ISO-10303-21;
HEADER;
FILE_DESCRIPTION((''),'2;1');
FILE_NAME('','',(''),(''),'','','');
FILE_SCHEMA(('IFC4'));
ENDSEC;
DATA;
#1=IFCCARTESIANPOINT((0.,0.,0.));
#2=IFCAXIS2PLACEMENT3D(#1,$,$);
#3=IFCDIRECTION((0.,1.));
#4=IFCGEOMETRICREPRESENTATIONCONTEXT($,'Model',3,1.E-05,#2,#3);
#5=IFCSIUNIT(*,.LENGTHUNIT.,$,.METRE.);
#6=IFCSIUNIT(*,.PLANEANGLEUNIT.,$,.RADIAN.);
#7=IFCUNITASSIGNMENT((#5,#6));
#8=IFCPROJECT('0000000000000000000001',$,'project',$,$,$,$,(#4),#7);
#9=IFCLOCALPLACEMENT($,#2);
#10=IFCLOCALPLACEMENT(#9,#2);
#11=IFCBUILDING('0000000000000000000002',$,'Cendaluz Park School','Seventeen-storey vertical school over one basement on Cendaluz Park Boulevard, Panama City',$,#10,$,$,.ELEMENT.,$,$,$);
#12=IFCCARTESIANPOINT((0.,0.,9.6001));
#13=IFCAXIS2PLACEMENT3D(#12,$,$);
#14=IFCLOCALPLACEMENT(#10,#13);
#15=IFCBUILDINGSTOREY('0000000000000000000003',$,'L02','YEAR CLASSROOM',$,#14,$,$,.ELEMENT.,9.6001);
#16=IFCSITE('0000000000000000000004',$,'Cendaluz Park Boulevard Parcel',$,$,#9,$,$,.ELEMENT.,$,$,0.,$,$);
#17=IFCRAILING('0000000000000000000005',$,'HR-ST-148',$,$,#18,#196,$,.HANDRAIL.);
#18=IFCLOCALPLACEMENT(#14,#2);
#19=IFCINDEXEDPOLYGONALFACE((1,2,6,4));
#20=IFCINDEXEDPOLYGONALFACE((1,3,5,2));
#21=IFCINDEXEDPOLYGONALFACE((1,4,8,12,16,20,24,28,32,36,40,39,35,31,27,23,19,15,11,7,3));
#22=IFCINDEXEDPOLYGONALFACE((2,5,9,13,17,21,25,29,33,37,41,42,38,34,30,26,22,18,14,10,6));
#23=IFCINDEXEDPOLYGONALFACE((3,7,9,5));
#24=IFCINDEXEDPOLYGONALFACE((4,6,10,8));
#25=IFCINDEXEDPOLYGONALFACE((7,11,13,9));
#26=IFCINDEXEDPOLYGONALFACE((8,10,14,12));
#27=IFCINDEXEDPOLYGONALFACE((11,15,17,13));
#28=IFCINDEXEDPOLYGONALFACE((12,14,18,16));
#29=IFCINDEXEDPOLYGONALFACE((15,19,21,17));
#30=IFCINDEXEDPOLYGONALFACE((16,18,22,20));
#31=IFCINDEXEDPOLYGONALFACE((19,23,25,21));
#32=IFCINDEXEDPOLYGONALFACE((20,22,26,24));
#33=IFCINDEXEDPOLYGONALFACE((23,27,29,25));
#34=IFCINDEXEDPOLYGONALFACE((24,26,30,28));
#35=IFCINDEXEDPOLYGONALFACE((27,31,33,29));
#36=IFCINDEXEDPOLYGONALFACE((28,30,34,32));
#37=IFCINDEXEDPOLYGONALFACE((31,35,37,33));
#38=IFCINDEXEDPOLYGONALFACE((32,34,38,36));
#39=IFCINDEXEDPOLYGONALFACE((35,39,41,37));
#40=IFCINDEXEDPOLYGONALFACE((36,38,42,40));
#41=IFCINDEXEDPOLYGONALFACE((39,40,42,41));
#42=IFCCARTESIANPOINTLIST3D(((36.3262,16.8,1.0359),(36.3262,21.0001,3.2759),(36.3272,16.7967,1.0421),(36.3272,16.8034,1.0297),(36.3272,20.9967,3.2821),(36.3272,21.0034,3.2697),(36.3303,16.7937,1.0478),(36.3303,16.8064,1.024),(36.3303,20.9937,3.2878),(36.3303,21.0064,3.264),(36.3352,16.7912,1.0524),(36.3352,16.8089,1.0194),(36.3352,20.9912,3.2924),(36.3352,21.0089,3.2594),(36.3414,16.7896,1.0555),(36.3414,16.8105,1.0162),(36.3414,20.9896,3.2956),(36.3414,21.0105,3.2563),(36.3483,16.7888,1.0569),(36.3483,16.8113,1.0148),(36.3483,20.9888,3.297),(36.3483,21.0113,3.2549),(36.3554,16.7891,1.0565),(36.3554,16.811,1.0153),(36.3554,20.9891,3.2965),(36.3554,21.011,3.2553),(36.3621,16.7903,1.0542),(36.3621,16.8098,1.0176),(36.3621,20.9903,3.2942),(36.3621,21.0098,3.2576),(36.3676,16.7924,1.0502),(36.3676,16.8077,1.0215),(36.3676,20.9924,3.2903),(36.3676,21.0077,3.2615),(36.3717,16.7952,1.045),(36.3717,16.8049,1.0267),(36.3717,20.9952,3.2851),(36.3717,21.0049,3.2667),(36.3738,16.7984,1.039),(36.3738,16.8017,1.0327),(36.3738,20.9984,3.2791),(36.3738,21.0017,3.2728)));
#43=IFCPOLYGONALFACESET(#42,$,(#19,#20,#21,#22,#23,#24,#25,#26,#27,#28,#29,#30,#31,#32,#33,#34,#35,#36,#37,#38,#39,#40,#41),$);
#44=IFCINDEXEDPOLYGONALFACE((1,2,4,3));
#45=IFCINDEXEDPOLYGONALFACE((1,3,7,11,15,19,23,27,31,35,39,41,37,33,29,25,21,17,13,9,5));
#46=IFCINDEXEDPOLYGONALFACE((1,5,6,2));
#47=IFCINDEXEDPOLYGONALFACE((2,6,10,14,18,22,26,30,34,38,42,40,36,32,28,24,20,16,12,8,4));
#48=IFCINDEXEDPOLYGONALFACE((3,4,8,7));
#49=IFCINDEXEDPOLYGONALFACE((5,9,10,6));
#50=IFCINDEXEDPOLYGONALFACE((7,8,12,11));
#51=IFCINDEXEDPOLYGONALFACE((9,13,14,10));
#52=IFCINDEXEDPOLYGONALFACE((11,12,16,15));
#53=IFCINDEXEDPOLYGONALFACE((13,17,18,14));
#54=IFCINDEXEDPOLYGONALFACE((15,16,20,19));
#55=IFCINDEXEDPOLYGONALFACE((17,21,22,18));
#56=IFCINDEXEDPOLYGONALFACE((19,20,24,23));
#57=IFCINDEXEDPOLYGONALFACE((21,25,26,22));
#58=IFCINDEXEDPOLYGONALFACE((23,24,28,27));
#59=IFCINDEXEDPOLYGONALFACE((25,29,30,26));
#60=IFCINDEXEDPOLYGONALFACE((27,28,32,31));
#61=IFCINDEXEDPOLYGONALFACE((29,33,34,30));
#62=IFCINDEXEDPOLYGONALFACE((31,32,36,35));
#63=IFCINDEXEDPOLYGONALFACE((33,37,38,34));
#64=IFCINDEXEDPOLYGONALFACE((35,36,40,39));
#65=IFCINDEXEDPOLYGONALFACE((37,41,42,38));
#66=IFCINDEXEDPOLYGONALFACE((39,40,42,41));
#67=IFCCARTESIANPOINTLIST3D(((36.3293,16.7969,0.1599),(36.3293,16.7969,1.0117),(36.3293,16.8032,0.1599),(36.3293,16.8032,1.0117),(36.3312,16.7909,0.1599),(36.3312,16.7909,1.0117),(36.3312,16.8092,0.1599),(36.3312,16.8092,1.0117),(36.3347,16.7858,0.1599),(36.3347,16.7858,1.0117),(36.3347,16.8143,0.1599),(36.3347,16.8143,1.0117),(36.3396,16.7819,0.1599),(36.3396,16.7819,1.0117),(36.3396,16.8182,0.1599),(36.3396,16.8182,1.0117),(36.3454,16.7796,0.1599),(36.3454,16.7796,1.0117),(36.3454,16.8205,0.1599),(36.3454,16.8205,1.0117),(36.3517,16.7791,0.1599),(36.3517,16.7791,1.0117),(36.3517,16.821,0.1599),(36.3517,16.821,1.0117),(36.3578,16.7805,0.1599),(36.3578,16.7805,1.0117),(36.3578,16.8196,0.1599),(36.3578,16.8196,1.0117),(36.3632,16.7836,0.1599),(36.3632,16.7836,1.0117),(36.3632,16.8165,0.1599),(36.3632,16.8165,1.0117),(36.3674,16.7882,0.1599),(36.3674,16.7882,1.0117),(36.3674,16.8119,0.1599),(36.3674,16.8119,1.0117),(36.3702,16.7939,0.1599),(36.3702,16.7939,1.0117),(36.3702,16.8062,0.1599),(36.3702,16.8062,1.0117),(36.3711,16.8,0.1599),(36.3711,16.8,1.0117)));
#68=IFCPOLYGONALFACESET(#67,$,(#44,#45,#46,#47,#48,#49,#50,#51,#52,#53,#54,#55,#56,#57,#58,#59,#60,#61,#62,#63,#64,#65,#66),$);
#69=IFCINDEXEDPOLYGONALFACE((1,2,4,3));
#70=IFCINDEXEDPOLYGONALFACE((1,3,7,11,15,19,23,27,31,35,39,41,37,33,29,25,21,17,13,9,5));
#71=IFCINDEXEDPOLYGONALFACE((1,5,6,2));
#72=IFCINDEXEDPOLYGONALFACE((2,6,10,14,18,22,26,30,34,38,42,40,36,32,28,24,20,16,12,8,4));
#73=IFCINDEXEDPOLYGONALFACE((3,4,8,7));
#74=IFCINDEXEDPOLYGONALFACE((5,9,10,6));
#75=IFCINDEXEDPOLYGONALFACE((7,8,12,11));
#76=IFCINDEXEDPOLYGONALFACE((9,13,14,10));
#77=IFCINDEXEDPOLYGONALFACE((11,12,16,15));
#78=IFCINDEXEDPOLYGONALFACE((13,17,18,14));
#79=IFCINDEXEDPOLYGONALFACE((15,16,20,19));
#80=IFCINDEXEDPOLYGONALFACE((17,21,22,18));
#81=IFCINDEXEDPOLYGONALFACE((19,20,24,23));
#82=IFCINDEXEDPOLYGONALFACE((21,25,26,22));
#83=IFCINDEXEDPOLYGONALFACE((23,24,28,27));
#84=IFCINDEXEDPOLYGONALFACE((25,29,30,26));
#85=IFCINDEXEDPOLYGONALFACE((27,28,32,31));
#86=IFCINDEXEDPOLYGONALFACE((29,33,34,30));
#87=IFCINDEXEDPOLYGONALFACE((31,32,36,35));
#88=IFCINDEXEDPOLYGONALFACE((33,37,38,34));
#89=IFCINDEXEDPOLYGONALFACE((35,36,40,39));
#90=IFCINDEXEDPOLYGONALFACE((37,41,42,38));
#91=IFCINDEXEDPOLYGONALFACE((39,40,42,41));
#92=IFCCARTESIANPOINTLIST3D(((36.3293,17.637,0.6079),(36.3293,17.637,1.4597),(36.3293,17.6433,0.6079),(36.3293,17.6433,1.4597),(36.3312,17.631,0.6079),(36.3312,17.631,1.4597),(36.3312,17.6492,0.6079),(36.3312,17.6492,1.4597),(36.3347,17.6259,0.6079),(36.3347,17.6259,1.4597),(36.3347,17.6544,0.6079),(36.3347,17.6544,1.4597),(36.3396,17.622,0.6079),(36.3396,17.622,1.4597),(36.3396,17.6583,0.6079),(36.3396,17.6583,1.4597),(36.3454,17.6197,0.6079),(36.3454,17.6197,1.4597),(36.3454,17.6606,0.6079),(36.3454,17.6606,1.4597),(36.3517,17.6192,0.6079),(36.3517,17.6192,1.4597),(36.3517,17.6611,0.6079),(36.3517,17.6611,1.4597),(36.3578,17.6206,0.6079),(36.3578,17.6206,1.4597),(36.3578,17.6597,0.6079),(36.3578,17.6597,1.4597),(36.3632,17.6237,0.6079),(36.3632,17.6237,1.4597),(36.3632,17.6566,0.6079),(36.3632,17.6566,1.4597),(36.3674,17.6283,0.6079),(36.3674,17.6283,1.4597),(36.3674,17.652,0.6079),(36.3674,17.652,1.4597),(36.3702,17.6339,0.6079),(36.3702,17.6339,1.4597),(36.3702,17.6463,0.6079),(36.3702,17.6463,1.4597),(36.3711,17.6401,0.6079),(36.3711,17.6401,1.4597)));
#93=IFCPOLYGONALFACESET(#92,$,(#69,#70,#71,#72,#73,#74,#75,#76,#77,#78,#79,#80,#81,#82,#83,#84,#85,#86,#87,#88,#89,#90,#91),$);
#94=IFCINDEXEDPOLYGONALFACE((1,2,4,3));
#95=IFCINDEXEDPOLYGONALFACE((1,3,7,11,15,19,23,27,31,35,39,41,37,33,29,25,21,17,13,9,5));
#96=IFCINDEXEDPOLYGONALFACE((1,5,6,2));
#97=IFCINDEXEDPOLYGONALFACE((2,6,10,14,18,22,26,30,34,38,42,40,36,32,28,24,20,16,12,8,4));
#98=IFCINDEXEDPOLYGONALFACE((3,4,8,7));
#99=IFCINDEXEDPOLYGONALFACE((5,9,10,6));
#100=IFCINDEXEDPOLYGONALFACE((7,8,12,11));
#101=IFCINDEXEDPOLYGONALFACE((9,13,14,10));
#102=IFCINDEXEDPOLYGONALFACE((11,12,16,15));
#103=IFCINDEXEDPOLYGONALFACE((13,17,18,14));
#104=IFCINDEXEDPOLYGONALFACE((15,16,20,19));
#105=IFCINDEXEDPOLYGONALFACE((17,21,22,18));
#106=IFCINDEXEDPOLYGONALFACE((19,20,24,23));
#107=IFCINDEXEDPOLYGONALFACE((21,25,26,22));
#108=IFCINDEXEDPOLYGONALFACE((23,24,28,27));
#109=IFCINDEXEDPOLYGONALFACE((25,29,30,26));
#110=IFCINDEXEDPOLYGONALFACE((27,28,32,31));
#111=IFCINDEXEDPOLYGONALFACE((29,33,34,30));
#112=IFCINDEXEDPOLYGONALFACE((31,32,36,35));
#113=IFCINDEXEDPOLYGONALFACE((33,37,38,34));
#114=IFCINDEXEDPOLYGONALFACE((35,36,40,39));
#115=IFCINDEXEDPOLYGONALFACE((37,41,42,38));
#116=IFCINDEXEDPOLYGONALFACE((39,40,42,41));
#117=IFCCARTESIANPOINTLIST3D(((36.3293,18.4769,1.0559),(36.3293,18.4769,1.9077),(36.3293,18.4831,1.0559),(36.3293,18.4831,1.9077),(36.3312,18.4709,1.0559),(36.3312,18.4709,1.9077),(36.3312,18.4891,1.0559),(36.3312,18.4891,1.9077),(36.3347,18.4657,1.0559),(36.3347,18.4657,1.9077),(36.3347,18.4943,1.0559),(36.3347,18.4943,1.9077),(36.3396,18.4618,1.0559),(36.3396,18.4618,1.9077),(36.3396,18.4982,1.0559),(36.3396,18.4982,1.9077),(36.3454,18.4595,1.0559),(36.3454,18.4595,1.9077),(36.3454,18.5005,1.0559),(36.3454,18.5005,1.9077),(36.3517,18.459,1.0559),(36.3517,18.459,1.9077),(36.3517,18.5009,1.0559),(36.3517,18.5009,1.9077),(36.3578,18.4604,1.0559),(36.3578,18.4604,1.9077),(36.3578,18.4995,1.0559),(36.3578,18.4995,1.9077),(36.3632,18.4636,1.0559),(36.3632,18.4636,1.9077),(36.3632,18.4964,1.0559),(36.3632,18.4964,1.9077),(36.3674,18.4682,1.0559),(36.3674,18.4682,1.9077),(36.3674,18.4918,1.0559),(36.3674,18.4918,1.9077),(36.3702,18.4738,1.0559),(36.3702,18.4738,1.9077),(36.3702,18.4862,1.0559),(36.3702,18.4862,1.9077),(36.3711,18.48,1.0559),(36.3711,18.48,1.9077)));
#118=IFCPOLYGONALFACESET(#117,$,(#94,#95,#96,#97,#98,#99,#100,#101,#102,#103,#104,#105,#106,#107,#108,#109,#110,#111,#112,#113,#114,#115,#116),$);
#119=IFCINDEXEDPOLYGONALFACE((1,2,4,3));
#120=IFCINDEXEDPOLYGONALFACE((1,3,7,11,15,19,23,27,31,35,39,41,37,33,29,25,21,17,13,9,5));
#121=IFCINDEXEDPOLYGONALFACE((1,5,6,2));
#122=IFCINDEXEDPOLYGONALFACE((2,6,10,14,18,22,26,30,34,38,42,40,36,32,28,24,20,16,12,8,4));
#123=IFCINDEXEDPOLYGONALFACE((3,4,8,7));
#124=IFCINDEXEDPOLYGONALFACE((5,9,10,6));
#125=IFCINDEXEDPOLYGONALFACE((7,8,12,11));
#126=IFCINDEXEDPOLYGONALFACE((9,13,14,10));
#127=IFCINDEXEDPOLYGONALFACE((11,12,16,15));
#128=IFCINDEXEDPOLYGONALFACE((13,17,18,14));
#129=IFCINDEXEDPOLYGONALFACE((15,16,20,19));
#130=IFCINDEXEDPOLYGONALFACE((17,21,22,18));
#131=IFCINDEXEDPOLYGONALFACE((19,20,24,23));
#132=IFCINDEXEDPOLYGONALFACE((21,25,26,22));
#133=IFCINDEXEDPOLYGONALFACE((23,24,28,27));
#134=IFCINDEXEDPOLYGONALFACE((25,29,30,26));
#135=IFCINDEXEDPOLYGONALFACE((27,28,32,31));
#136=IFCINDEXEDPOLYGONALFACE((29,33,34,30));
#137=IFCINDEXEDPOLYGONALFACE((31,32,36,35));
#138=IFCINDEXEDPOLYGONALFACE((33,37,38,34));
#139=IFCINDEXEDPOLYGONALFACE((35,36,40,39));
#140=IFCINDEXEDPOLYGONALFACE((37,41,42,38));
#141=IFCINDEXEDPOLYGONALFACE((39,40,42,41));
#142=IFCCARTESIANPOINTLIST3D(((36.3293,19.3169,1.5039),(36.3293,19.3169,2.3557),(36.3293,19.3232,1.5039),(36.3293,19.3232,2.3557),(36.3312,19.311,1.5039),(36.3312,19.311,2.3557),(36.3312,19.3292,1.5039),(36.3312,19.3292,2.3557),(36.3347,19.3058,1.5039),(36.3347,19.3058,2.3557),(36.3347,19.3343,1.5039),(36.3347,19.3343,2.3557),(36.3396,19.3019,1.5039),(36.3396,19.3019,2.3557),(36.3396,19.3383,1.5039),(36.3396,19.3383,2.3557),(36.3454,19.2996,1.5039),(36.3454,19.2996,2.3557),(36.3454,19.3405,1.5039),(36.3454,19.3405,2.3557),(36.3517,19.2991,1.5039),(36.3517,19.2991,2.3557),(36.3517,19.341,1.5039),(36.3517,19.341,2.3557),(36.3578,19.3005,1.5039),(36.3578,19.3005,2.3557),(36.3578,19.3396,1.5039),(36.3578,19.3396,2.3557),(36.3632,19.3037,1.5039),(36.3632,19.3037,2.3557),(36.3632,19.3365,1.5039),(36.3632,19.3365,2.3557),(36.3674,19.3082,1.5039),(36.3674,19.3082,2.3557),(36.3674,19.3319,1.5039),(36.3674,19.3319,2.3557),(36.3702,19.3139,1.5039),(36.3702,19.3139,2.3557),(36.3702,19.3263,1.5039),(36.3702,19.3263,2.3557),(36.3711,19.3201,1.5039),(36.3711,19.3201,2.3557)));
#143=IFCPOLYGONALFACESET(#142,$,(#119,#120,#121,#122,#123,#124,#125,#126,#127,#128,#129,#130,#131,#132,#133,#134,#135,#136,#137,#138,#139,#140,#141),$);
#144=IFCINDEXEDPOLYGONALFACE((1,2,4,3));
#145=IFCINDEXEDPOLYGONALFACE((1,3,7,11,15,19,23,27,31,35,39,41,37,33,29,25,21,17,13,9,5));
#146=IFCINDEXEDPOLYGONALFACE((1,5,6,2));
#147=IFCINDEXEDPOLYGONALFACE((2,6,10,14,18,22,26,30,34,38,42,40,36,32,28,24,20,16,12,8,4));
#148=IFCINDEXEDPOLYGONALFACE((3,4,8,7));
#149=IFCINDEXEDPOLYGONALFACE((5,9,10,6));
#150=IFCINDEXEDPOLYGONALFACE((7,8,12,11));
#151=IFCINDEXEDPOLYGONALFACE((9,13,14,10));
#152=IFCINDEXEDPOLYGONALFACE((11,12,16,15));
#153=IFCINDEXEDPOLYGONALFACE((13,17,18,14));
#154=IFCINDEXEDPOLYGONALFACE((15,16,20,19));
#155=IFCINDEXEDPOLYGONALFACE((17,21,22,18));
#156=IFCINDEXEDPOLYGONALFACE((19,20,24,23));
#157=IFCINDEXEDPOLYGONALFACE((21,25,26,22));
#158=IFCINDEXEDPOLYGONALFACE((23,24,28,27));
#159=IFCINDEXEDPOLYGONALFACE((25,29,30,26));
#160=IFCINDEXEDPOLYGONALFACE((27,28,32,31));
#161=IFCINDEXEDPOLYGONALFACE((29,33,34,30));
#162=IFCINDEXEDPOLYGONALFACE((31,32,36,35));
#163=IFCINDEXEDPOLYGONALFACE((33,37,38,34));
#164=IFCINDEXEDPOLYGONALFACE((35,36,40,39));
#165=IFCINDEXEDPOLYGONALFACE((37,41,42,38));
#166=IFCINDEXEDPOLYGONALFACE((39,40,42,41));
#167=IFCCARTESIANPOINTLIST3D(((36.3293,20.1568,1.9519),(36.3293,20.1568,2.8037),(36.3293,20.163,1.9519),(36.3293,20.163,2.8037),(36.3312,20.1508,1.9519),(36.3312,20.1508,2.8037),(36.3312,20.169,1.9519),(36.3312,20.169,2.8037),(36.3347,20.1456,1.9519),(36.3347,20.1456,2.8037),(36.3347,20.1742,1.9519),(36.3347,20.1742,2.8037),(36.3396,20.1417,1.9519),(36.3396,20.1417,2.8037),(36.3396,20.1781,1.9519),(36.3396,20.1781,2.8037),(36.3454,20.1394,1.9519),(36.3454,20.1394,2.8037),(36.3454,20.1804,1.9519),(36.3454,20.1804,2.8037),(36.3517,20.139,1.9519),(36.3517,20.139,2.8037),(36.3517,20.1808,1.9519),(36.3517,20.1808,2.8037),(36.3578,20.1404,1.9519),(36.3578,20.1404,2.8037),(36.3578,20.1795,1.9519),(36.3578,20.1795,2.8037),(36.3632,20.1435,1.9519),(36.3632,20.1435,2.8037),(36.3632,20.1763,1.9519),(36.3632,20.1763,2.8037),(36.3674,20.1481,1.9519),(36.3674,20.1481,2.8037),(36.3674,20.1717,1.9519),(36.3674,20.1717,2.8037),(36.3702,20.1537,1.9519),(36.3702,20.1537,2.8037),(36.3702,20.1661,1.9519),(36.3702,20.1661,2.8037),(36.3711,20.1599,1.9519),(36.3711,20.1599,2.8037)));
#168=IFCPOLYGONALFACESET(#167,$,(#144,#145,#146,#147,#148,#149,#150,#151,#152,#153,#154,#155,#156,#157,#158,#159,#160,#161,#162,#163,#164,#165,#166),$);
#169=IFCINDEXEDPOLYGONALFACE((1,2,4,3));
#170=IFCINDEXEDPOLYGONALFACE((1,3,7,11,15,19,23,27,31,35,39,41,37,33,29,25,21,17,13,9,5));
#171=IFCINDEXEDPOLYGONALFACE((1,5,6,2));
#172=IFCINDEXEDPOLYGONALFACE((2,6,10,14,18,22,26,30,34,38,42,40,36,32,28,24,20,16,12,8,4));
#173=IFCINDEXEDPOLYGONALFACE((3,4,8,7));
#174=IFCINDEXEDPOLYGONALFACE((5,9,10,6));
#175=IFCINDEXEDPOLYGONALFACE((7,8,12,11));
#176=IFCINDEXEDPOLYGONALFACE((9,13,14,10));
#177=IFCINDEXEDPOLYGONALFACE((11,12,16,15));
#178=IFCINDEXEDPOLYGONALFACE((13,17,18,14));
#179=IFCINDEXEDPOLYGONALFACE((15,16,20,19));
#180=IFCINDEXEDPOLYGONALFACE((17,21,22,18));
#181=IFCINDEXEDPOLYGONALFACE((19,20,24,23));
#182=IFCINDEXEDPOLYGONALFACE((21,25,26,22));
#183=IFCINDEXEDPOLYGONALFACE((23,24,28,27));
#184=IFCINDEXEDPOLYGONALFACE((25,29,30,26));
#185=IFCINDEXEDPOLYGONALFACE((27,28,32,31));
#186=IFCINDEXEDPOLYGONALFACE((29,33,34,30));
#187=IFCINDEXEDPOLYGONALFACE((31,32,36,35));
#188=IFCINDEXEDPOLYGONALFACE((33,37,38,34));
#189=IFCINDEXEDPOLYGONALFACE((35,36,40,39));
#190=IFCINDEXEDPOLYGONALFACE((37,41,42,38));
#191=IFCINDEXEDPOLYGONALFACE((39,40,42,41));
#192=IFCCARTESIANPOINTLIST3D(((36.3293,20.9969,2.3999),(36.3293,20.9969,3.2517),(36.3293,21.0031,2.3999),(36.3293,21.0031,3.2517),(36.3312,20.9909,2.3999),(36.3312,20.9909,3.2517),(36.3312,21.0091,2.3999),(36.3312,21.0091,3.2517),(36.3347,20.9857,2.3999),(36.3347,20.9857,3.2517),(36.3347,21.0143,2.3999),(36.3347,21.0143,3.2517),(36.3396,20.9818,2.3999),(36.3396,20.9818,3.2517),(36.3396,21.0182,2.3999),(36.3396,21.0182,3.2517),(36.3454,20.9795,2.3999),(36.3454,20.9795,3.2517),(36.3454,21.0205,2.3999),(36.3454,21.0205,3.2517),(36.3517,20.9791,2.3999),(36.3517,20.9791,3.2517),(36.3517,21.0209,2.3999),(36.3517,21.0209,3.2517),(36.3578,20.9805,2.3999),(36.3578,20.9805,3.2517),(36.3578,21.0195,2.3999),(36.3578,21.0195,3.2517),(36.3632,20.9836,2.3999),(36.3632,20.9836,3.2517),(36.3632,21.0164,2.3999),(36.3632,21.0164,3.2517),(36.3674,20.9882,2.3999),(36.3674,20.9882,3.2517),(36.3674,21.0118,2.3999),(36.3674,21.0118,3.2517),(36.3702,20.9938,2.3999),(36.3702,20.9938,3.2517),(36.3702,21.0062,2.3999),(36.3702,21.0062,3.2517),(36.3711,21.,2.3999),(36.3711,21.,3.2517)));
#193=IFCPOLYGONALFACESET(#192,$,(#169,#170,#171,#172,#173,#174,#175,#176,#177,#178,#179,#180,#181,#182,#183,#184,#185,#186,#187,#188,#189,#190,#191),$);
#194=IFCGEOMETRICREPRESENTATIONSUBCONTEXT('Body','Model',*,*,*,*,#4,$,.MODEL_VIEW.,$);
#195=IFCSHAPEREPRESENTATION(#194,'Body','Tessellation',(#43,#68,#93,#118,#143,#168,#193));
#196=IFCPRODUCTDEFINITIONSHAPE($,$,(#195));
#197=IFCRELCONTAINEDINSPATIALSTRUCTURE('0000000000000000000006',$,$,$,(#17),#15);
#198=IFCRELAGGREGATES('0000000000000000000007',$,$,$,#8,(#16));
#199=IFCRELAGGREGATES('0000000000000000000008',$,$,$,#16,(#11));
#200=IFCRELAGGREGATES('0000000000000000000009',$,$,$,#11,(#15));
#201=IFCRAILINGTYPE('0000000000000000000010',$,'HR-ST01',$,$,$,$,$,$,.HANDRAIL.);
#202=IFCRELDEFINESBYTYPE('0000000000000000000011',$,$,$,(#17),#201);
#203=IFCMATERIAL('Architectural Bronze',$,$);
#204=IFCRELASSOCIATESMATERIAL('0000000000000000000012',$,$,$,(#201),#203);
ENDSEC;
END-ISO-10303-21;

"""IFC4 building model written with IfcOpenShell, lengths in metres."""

from ifc_helpers import new_model, si_unit, direction, frame, origin, origin_2d, place, context, subcontext, project, spatial, circle, extrude, material, type_object, element, save


model = new_model("IFC4")

# Units and contexts
model_context = context("Model", 3, precision=1e-05, world=origin(), true_north=direction((0.0, 1.0)))
body_context = subcontext(model_context, "Body", "Model", "MODEL_VIEW")
ifc_project = project(units=[si_unit("LENGTHUNIT", "METRE"), si_unit("PLANEANGLEUNIT", "RADIAN")], contexts=[model_context])

# Site, building, storey
site_placement = place(None, origin())
site = spatial("IfcSite", under=ifc_project, at=site_placement, Name="Cendaluz Park Boulevard Parcel", CompositionType="ELEMENT", RefElevation=0.0)
building_placement = place(site_placement, origin())
building = spatial("IfcBuilding", under=site, at=building_placement, Name="Cendaluz Park School", Description="Seventeen-storey vertical school over one basement on Cendaluz Park Boulevard, Panama City", CompositionType="ELEMENT")
storey_placement = place(building_placement, frame((0.0, 0.0, 9.6001)))
storey = spatial("IfcBuildingStorey", under=building, at=storey_placement, Name="L02", Description="YEAR CLASSROOM", CompositionType="ELEMENT", Elevation=9.6001)

# Railing
ifc_material_1 = material(Name="Architectural Bronze")
railing_type_1 = type_object("IfcRailingType", Name="HR-ST01", PredefinedType="HANDRAIL", material=ifc_material_1)
railing_1_placement = place(storey_placement, frame((36.3501, 16.8, 0.1599)))
element("IfcRailing", 1, at=railing_1_placement, inside=storey, type_object=railing_type_1, Name="HR-ST-148", PredefinedType="HANDRAIL", context=body_context, shape_type="SweptSolid", body=[
    extrude(circle(Radius=0.0239, at=origin_2d()), frame((0.0, 0.0, 0.876), z_axis=(0.0, 0.882352, 0.470591), x_axis=(-1.0, 0.0, 0.0)), (0.0, 0.0, 1.0), 4.76),
    extrude(circle(Radius=0.021, at=origin_2d()), origin(), (0.0, 0.0, 1.0), 0.8518),
    extrude(circle(Radius=0.021, at=origin_2d()), frame((0.0, 0.8401, 0.448)), (0.0, 0.0, 1.0), 0.8518),
    extrude(circle(Radius=0.021, at=origin_2d()), frame((0.0, 1.6799, 0.896)), (0.0, 0.0, 1.0), 0.8518),
    extrude(circle(Radius=0.021, at=origin_2d()), frame((0.0, 2.52, 1.344)), (0.0, 0.0, 1.0), 0.8518),
    extrude(circle(Radius=0.021, at=origin_2d()), frame((0.0, 3.3599, 1.792)), (0.0, 0.0, 1.0), 0.8518),
    extrude(circle(Radius=0.021, at=origin_2d()), frame((0.0, 4.2, 2.24)), (0.0, 0.0, 1.0), 0.8518),
])

save(model, "model.ifc")
